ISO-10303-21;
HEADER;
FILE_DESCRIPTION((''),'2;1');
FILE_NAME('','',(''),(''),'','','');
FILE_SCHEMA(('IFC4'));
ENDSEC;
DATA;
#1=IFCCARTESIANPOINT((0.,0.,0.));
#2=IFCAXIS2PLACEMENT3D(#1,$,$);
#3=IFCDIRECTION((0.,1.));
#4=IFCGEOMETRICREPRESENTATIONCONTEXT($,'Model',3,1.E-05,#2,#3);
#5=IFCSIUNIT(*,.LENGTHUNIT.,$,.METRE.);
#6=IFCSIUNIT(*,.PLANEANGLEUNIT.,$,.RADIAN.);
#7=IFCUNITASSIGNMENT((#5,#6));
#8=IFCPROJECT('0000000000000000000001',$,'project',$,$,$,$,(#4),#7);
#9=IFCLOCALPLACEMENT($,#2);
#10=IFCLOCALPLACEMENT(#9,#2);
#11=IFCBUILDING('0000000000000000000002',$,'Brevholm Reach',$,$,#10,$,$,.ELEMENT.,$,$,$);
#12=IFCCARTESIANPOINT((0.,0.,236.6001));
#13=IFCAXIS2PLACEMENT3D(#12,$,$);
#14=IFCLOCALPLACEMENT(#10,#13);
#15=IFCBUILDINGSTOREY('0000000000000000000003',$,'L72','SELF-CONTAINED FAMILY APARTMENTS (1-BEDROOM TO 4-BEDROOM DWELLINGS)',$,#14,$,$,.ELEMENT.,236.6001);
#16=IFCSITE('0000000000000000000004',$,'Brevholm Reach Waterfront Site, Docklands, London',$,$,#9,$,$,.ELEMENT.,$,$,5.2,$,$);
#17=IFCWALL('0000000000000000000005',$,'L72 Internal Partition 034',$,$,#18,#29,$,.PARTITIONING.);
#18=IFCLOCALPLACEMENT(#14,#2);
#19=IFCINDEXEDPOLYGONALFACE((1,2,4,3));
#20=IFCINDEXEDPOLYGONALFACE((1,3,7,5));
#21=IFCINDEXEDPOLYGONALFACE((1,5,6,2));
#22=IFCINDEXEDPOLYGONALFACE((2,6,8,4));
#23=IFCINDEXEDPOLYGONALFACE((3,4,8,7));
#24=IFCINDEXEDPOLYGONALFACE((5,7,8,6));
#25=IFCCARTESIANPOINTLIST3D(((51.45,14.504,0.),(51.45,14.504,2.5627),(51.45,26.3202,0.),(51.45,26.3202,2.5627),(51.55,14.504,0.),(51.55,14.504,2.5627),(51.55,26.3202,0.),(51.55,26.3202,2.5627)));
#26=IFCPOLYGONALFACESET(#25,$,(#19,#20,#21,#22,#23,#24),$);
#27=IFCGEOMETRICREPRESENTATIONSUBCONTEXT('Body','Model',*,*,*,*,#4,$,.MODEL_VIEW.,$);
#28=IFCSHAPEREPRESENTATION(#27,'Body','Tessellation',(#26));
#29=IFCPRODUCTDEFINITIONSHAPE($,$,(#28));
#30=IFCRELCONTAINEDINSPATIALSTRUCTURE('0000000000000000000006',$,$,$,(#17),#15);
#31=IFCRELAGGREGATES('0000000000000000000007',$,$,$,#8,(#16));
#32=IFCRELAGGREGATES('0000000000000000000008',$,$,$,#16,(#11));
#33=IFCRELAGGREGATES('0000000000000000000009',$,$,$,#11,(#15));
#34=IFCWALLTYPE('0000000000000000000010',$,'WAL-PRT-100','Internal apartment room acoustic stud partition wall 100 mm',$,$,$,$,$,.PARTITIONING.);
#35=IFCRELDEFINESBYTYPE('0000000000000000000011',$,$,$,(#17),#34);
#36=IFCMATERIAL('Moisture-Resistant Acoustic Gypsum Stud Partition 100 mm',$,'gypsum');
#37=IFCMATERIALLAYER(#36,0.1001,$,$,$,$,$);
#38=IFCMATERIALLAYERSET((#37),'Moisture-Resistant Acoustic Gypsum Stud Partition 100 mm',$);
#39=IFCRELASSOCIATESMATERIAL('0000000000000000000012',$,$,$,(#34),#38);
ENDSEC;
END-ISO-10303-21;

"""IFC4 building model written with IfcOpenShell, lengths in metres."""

from ifc_helpers import new_model, si_unit, direction, frame, frame_2d, origin, place, context, subcontext, project, spatial, rectangle, extrude, material, layer, layer_set, type_object, element, save


model = new_model("IFC4")

# Units and contexts
model_context = context("Model", 3, precision=1e-05, world=origin(), true_north=direction((0.0, 1.0)))
body_context = subcontext(model_context, "Body", "Model", "MODEL_VIEW")
ifc_project = project(units=[si_unit("LENGTHUNIT", "METRE"), si_unit("PLANEANGLEUNIT", "RADIAN")], contexts=[model_context])

# Site, building, storey
site_placement = place(None, origin())
site = spatial("IfcSite", under=ifc_project, at=site_placement, Name="Brevholm Reach Waterfront Site, Docklands, London", CompositionType="ELEMENT", RefElevation=5.2)
building_placement = place(site_placement, origin())
building = spatial("IfcBuilding", under=site, at=building_placement, Name="Brevholm Reach", CompositionType="ELEMENT")
storey_placement = place(building_placement, frame((0.0, 0.0, 236.6001)))
storey = spatial("IfcBuildingStorey", under=building, at=storey_placement, Name="L72", Description="SELF-CONTAINED FAMILY APARTMENTS (1-BEDROOM TO 4-BEDROOM DWELLINGS)", CompositionType="ELEMENT", Elevation=236.6001)

# Wall
ifc_material_1 = material(Name="Moisture-Resistant Acoustic Gypsum Stud Partition 100 mm", Category="gypsum")
ifc_layer_1 = layer(ifc_material_1, 0.1001)
ifc_layer_set_1 = layer_set([ifc_layer_1], Name="Moisture-Resistant Acoustic Gypsum Stud Partition 100 mm")
wall_type_1 = type_object("IfcWallType", Name="WAL-PRT-100", Description="Internal apartment room acoustic stud partition wall 100 mm", PredefinedType="PARTITIONING", material=ifc_layer_set_1)
wall_1_placement = place(storey_placement, frame((51.5, 14.5039, 0.0), z_axis=(0.0, 0.0, 1.0), x_axis=(0.0, 1.0, 0.0)))
element("IfcWall", 1, at=wall_1_placement, inside=storey, type_object=wall_type_1, Name="L72 Internal Partition 034", PredefinedType="PARTITIONING", context=body_context, shape_type="SweptSolid", body=[
    extrude(rectangle(XDim=11.8162, YDim=0.1001, at=frame_2d((5.9082, 0.0))), origin(), (0.0, 0.0, 1.0), 2.5627),
])

save(model, "model.ifc")
